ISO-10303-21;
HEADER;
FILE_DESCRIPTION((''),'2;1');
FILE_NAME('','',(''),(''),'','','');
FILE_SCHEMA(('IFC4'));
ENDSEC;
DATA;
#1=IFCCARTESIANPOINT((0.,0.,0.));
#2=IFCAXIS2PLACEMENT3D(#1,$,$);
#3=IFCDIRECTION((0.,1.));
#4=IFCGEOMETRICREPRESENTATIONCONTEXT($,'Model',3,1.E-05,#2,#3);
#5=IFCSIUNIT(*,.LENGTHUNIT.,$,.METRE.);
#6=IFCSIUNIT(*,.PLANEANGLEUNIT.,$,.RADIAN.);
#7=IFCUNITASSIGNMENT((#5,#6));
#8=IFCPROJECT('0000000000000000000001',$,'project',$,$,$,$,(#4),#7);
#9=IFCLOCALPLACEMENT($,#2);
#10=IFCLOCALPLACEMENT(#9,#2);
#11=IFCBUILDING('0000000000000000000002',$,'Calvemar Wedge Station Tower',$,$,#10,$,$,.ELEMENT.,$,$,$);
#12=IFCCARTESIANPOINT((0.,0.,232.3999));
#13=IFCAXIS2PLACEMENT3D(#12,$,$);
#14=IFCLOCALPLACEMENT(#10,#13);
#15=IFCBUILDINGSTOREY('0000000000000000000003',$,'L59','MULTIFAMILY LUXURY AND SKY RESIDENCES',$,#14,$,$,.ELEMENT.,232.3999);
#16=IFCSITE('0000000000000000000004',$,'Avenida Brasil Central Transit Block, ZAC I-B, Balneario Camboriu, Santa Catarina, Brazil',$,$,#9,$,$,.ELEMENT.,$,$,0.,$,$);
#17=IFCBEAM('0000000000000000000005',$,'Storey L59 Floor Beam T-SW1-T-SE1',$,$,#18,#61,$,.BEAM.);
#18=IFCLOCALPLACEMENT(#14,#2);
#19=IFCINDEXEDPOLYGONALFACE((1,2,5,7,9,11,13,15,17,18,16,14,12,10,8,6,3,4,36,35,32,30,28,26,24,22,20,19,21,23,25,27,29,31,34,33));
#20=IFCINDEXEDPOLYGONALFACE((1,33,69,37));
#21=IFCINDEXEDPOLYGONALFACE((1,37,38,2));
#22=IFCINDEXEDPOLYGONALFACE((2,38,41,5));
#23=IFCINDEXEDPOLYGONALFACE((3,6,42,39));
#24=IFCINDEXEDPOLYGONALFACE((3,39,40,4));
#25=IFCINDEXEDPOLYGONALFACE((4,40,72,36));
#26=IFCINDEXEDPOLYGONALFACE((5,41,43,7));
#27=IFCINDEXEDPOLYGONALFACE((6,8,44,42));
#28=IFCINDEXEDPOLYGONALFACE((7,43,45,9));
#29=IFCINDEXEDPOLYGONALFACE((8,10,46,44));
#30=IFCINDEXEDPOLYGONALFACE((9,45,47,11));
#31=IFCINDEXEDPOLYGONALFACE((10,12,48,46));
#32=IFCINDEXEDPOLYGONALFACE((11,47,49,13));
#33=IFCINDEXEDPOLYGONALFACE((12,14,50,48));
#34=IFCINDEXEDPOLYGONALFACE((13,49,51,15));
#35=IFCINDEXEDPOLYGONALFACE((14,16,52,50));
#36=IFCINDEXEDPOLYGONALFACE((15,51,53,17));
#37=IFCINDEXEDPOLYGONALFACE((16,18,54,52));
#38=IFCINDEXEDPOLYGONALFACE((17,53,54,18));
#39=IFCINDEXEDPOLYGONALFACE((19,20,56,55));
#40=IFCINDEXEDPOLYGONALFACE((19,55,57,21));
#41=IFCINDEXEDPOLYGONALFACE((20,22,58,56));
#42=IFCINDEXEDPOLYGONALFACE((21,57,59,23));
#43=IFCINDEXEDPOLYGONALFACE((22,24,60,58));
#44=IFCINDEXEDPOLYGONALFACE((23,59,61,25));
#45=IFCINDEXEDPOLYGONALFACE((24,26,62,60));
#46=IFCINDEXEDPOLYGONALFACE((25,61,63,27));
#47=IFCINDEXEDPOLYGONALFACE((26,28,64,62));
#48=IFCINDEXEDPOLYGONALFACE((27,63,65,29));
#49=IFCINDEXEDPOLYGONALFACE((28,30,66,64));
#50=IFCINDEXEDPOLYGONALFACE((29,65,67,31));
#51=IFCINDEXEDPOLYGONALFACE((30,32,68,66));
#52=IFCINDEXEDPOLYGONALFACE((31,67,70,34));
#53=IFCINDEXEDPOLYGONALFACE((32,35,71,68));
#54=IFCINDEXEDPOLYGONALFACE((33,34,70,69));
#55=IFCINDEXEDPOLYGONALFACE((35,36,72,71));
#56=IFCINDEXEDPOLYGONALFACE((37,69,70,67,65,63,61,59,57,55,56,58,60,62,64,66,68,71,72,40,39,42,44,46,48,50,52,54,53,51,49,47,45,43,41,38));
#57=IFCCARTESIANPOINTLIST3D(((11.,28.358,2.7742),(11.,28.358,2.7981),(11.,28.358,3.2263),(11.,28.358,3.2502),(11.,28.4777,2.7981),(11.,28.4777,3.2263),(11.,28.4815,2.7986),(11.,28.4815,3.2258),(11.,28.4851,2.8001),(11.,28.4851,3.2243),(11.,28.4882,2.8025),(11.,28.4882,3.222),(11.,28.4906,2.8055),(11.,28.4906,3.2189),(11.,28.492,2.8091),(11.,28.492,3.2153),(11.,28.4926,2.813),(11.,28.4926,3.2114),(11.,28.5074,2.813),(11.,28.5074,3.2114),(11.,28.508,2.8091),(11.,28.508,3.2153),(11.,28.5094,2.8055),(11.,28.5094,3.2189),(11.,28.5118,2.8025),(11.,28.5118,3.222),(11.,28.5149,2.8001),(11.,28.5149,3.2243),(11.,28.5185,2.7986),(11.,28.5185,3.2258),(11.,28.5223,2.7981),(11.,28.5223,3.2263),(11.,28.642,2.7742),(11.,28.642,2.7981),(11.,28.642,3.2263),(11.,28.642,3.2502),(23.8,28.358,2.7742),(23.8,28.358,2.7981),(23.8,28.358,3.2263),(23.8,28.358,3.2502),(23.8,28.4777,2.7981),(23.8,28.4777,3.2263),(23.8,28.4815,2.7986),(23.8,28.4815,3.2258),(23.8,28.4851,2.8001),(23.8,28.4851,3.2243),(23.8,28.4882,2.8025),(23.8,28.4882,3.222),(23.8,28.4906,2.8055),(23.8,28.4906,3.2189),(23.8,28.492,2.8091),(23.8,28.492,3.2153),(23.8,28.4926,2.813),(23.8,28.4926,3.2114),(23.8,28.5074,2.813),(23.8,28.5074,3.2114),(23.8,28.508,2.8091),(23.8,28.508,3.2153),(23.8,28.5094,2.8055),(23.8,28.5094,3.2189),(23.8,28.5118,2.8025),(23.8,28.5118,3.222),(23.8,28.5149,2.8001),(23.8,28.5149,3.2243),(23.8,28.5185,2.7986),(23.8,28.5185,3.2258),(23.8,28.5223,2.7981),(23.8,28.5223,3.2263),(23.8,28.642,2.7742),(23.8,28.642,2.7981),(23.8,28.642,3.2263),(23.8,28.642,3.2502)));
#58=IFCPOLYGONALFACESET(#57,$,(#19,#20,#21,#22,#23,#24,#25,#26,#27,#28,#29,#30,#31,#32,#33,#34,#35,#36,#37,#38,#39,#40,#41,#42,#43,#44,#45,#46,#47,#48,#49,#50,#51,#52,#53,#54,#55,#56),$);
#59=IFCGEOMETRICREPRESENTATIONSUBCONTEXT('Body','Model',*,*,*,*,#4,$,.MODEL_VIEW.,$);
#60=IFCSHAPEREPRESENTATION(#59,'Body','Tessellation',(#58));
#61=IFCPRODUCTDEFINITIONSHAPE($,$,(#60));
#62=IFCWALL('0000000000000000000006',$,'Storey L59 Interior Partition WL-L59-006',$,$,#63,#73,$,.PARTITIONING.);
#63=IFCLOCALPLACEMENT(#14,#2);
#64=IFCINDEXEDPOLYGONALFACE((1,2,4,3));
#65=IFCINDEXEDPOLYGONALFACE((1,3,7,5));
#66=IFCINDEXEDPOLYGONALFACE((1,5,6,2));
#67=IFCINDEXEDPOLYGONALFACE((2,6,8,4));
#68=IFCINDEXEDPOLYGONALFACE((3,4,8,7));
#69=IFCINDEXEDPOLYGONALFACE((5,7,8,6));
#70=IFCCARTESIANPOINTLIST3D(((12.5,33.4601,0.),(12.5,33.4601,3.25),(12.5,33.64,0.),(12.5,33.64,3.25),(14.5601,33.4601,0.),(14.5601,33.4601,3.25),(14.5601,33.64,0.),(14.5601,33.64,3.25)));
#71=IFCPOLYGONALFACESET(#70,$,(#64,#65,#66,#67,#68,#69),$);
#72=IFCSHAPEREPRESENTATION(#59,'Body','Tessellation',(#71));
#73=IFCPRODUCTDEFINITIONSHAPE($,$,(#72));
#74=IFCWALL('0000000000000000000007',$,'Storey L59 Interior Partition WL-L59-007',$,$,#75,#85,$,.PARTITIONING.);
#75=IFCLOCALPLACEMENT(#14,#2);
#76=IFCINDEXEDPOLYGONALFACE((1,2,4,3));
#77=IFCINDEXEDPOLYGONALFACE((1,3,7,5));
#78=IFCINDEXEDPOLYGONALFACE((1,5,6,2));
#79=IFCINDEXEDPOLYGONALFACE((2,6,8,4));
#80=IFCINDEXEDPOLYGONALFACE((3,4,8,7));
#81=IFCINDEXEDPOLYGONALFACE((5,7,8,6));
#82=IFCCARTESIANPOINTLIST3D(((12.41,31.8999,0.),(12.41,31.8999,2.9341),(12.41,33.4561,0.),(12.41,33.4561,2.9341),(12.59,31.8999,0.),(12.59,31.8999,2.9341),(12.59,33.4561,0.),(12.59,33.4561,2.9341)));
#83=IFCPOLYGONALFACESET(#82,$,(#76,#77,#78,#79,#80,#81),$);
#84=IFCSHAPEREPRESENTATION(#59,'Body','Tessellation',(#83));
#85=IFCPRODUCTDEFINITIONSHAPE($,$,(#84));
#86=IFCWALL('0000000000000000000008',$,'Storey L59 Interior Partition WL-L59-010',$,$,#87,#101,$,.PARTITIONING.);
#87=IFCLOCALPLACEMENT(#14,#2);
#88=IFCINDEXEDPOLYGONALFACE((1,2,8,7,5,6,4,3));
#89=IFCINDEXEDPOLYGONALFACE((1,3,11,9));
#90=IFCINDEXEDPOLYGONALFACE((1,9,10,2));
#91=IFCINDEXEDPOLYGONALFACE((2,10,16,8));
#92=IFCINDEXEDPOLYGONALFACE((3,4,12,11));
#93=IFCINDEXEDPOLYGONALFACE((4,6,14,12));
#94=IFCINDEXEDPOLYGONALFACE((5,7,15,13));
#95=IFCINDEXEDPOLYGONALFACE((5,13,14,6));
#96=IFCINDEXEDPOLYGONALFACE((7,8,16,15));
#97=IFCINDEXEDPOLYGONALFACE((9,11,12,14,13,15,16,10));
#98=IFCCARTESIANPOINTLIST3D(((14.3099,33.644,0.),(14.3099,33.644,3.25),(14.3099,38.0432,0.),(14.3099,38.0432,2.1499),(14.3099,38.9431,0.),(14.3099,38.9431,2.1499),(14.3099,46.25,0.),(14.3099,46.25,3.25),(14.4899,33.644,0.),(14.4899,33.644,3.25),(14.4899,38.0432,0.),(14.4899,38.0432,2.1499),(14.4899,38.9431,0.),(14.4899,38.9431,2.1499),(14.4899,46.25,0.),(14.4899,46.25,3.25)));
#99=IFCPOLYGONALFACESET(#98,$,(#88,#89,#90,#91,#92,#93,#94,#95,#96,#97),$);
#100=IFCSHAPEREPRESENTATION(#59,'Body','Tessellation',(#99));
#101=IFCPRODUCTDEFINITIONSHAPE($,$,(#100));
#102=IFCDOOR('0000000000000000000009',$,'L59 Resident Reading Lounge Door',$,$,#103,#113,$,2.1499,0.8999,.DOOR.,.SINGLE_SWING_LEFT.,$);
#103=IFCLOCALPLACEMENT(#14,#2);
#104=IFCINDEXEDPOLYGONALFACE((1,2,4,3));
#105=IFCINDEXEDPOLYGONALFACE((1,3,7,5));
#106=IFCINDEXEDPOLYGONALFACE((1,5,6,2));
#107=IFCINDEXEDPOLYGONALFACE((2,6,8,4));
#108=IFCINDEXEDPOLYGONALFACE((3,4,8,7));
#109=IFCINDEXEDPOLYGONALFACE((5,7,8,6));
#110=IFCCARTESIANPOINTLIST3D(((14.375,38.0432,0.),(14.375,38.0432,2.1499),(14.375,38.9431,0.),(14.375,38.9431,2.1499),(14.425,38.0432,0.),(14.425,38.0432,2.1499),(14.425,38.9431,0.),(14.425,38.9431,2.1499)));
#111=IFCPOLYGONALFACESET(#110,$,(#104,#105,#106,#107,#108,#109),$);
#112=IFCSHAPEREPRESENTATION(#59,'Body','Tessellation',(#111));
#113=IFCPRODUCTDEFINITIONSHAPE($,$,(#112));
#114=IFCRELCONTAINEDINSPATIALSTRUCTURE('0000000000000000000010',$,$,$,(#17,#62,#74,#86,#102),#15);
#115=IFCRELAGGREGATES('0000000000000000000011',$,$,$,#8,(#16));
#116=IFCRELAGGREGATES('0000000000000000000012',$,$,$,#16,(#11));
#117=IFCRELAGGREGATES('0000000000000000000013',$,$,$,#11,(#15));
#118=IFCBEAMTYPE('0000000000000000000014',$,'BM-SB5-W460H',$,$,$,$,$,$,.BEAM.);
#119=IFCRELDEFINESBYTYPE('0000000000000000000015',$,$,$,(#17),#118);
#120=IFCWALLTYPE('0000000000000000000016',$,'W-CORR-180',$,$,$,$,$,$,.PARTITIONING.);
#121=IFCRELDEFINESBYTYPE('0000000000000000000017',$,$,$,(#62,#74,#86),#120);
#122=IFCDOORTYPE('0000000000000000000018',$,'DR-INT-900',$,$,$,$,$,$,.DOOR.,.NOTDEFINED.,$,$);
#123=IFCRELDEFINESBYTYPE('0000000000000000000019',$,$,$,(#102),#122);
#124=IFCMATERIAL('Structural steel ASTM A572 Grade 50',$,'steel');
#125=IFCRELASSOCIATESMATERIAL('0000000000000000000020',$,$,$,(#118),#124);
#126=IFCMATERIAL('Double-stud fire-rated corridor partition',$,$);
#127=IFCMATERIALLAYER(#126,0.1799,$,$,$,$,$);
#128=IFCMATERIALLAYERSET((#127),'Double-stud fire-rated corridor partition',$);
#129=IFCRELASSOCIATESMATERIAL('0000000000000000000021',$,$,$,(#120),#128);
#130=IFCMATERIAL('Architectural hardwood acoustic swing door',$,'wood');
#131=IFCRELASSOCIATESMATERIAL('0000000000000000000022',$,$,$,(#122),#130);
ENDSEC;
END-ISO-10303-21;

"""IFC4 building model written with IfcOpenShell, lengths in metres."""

from ifc_helpers import new_model, si_unit, direction, frame, frame_2d, origin, origin_2d, place, context, subcontext, project, spatial, rectangle, i_section, extrude, source, transform, mapped, material, layer, layer_set, material_profile, profile_set, type_object, element, fill, save


model = new_model("IFC4")

# Units and contexts
model_context = context("Model", 3, precision=1e-05, world=origin(), true_north=direction((0.0, 1.0)))
body_context = subcontext(model_context, "Body", "Model", "MODEL_VIEW")
ifc_project = project(units=[si_unit("LENGTHUNIT", "METRE"), si_unit("PLANEANGLEUNIT", "RADIAN")], contexts=[model_context])

# Site, building, storey
site_placement = place(None, origin())
site = spatial("IfcSite", under=ifc_project, at=site_placement, Name="Avenida Brasil Central Transit Block, ZAC I-B, Balneario Camboriu, Santa Catarina, Brazil", CompositionType="ELEMENT", RefElevation=0.0)
building_placement = place(site_placement, origin())
building = spatial("IfcBuilding", under=site, at=building_placement, Name="Calvemar Wedge Station Tower", CompositionType="ELEMENT")
storey_placement = place(building_placement, frame((0.0, 0.0, 232.3999)))
storey = spatial("IfcBuildingStorey", under=building, at=storey_placement, Name="L59", Description="MULTIFAMILY LUXURY AND SKY RESIDENCES", CompositionType="ELEMENT", Elevation=232.3999)

# Beam
ifc_material_1 = material(Name="Structural steel ASTM A572 Grade 50", Category="steel")
ifc_material_profile_1 = material_profile(ifc_material_1, i_section(OverallWidth=0.2839, OverallDepth=0.4761, WebThickness=0.0149, FlangeThickness=0.0239, FilletRadius=0.0149, at=origin_2d()), Name="W460x158")
ifc_profile_set_1 = profile_set([ifc_material_profile_1], Name="Structural steel ASTM A572 Grade 50")
beam_type_1 = type_object("IfcBeamType", Name="BM-SB5-W460H", PredefinedType="BEAM", material=ifc_profile_set_1)
shared_shape_1 = source(origin(), body_context, "Body", "SweptSolid", [
    extrude(i_section(OverallWidth=0.2839, OverallDepth=0.4761, WebThickness=0.0149, FlangeThickness=0.0239, FilletRadius=0.0149, at=origin_2d()), origin(), (0.0, 0.0, 1.0), 12.8),
])
beam_1_placement = place(storey_placement, frame((11.0, 28.5, 3.0122), z_axis=(1.0, 0.0, 0.0), x_axis=(0.0, 1.0, 0.0)))
element("IfcBeam", 1, at=beam_1_placement, inside=storey, type_object=beam_type_1, Name="Storey L59 Floor Beam T-SW1-T-SE1", PredefinedType="BEAM", context=body_context, shape_type="MappedRepresentation", body=[
    mapped(shared_shape_1, transform((0.0, 0.0, 0.0), scale=1.0)),
])

# Walls
ifc_material_2 = material(Name="Double-stud fire-rated corridor partition")
ifc_layer_1 = layer(ifc_material_2, 0.1799)
ifc_layer_set_1 = layer_set([ifc_layer_1], Name="Double-stud fire-rated corridor partition")
wall_type_1 = type_object("IfcWallType", Name="W-CORR-180", PredefinedType="PARTITIONING", material=ifc_layer_set_1)
wall_1_placement = place(storey_placement, frame((12.5, 33.55, 0.0), z_axis=(0.0, 0.0, 1.0), x_axis=(1.0, 0.0, 0.0)))
element("IfcWall", 2, at=wall_1_placement, inside=storey, type_object=wall_type_1, Name="Storey L59 Interior Partition WL-L59-006", PredefinedType="PARTITIONING", context=body_context, shape_type="SweptSolid", body=[
    extrude(rectangle(XDim=2.0601, YDim=0.1799, at=frame_2d((1.03, 0.0))), origin(), (0.0, 0.0, 1.0), 3.25),
])
wall_2_placement = place(storey_placement, frame((12.5, 31.8999, 0.0), z_axis=(0.0, 0.0, 1.0), x_axis=(0.0, 1.0, 0.0)))
element("IfcWall", 3, at=wall_2_placement, inside=storey, type_object=wall_type_1, Name="Storey L59 Interior Partition WL-L59-007", PredefinedType="PARTITIONING", context=body_context, shape_type="SweptSolid", body=[
    extrude(rectangle(XDim=1.5562, YDim=0.1799, at=frame_2d((0.7781, 0.0))), origin(), (0.0, 0.0, 1.0), 2.9341),
])

# Wall, opening, door
wall_3_placement = place(storey_placement, frame((14.3999, 33.644, 0.0), z_axis=(0.0, 0.0, 1.0), x_axis=(0.0, 1.0, 0.0)))
wall_3 = element("IfcWall", 4, at=wall_3_placement, inside=storey, type_object=wall_type_1, Name="Storey L59 Interior Partition WL-L59-010", PredefinedType="PARTITIONING", context=body_context, shape_type="SweptSolid", body=[
    extrude(rectangle(XDim=12.606, YDim=0.1799, at=frame_2d((6.303, 0.0))), origin(), (0.0, 0.0, 1.0), 3.25),
])
shared_shape_2 = source(origin(), body_context, "Body", "SweptSolid", [
    extrude(rectangle(XDim=0.8999, YDim=2.1499, at=frame_2d((0.45, 1.075))), frame((0.0, 0.1001, 0.0), z_axis=(0.0, -1.0, 0.0), x_axis=(1.0, 0.0, 0.0)), (0.0, 0.0, 1.0), 0.2),
])
opening_1_placement = place(wall_3_placement, frame((4.3992, 0.0, 0.0)))
opening_1 = element("IfcOpeningElement", 5, at=opening_1_placement, cuts=wall_3, PredefinedType="OPENING", context=body_context, shape_type="MappedRepresentation", body=[
    mapped(shared_shape_2, transform((0.0, 0.0, 0.0), scale=1.0)),
])
ifc_material_3 = material(Name="Architectural hardwood acoustic swing door", Category="wood")
door_type = type_object("IfcDoorType", Name="DR-INT-900", OperationType="NOTDEFINED", PredefinedType="DOOR", material=ifc_material_3)
shared_shape_3 = source(origin(), body_context, "Body", "SweptSolid", [
    extrude(rectangle(XDim=0.8999, YDim=2.1499, at=frame_2d((0.45, 1.075))), frame((0.0, 0.0249, 0.0), z_axis=(0.0, -1.0, 0.0), x_axis=(1.0, 0.0, 0.0)), (0.0, 0.0, 1.0), 0.05),
])
door_placement = place(opening_1_placement, origin())
door = element("IfcDoor", 6, at=door_placement, inside=storey, type_object=door_type, Name="L59 Resident Reading Lounge Door", OperationType="SINGLE_SWING_LEFT", OverallHeight=2.1499, OverallWidth=0.8999, PredefinedType="DOOR", context=body_context, shape_type="MappedRepresentation", body=[
    mapped(shared_shape_3, transform((0.0, 0.0, 0.0), scale=1.0)),
])
fill(opening_1, door)

save(model, "model.ifc")
